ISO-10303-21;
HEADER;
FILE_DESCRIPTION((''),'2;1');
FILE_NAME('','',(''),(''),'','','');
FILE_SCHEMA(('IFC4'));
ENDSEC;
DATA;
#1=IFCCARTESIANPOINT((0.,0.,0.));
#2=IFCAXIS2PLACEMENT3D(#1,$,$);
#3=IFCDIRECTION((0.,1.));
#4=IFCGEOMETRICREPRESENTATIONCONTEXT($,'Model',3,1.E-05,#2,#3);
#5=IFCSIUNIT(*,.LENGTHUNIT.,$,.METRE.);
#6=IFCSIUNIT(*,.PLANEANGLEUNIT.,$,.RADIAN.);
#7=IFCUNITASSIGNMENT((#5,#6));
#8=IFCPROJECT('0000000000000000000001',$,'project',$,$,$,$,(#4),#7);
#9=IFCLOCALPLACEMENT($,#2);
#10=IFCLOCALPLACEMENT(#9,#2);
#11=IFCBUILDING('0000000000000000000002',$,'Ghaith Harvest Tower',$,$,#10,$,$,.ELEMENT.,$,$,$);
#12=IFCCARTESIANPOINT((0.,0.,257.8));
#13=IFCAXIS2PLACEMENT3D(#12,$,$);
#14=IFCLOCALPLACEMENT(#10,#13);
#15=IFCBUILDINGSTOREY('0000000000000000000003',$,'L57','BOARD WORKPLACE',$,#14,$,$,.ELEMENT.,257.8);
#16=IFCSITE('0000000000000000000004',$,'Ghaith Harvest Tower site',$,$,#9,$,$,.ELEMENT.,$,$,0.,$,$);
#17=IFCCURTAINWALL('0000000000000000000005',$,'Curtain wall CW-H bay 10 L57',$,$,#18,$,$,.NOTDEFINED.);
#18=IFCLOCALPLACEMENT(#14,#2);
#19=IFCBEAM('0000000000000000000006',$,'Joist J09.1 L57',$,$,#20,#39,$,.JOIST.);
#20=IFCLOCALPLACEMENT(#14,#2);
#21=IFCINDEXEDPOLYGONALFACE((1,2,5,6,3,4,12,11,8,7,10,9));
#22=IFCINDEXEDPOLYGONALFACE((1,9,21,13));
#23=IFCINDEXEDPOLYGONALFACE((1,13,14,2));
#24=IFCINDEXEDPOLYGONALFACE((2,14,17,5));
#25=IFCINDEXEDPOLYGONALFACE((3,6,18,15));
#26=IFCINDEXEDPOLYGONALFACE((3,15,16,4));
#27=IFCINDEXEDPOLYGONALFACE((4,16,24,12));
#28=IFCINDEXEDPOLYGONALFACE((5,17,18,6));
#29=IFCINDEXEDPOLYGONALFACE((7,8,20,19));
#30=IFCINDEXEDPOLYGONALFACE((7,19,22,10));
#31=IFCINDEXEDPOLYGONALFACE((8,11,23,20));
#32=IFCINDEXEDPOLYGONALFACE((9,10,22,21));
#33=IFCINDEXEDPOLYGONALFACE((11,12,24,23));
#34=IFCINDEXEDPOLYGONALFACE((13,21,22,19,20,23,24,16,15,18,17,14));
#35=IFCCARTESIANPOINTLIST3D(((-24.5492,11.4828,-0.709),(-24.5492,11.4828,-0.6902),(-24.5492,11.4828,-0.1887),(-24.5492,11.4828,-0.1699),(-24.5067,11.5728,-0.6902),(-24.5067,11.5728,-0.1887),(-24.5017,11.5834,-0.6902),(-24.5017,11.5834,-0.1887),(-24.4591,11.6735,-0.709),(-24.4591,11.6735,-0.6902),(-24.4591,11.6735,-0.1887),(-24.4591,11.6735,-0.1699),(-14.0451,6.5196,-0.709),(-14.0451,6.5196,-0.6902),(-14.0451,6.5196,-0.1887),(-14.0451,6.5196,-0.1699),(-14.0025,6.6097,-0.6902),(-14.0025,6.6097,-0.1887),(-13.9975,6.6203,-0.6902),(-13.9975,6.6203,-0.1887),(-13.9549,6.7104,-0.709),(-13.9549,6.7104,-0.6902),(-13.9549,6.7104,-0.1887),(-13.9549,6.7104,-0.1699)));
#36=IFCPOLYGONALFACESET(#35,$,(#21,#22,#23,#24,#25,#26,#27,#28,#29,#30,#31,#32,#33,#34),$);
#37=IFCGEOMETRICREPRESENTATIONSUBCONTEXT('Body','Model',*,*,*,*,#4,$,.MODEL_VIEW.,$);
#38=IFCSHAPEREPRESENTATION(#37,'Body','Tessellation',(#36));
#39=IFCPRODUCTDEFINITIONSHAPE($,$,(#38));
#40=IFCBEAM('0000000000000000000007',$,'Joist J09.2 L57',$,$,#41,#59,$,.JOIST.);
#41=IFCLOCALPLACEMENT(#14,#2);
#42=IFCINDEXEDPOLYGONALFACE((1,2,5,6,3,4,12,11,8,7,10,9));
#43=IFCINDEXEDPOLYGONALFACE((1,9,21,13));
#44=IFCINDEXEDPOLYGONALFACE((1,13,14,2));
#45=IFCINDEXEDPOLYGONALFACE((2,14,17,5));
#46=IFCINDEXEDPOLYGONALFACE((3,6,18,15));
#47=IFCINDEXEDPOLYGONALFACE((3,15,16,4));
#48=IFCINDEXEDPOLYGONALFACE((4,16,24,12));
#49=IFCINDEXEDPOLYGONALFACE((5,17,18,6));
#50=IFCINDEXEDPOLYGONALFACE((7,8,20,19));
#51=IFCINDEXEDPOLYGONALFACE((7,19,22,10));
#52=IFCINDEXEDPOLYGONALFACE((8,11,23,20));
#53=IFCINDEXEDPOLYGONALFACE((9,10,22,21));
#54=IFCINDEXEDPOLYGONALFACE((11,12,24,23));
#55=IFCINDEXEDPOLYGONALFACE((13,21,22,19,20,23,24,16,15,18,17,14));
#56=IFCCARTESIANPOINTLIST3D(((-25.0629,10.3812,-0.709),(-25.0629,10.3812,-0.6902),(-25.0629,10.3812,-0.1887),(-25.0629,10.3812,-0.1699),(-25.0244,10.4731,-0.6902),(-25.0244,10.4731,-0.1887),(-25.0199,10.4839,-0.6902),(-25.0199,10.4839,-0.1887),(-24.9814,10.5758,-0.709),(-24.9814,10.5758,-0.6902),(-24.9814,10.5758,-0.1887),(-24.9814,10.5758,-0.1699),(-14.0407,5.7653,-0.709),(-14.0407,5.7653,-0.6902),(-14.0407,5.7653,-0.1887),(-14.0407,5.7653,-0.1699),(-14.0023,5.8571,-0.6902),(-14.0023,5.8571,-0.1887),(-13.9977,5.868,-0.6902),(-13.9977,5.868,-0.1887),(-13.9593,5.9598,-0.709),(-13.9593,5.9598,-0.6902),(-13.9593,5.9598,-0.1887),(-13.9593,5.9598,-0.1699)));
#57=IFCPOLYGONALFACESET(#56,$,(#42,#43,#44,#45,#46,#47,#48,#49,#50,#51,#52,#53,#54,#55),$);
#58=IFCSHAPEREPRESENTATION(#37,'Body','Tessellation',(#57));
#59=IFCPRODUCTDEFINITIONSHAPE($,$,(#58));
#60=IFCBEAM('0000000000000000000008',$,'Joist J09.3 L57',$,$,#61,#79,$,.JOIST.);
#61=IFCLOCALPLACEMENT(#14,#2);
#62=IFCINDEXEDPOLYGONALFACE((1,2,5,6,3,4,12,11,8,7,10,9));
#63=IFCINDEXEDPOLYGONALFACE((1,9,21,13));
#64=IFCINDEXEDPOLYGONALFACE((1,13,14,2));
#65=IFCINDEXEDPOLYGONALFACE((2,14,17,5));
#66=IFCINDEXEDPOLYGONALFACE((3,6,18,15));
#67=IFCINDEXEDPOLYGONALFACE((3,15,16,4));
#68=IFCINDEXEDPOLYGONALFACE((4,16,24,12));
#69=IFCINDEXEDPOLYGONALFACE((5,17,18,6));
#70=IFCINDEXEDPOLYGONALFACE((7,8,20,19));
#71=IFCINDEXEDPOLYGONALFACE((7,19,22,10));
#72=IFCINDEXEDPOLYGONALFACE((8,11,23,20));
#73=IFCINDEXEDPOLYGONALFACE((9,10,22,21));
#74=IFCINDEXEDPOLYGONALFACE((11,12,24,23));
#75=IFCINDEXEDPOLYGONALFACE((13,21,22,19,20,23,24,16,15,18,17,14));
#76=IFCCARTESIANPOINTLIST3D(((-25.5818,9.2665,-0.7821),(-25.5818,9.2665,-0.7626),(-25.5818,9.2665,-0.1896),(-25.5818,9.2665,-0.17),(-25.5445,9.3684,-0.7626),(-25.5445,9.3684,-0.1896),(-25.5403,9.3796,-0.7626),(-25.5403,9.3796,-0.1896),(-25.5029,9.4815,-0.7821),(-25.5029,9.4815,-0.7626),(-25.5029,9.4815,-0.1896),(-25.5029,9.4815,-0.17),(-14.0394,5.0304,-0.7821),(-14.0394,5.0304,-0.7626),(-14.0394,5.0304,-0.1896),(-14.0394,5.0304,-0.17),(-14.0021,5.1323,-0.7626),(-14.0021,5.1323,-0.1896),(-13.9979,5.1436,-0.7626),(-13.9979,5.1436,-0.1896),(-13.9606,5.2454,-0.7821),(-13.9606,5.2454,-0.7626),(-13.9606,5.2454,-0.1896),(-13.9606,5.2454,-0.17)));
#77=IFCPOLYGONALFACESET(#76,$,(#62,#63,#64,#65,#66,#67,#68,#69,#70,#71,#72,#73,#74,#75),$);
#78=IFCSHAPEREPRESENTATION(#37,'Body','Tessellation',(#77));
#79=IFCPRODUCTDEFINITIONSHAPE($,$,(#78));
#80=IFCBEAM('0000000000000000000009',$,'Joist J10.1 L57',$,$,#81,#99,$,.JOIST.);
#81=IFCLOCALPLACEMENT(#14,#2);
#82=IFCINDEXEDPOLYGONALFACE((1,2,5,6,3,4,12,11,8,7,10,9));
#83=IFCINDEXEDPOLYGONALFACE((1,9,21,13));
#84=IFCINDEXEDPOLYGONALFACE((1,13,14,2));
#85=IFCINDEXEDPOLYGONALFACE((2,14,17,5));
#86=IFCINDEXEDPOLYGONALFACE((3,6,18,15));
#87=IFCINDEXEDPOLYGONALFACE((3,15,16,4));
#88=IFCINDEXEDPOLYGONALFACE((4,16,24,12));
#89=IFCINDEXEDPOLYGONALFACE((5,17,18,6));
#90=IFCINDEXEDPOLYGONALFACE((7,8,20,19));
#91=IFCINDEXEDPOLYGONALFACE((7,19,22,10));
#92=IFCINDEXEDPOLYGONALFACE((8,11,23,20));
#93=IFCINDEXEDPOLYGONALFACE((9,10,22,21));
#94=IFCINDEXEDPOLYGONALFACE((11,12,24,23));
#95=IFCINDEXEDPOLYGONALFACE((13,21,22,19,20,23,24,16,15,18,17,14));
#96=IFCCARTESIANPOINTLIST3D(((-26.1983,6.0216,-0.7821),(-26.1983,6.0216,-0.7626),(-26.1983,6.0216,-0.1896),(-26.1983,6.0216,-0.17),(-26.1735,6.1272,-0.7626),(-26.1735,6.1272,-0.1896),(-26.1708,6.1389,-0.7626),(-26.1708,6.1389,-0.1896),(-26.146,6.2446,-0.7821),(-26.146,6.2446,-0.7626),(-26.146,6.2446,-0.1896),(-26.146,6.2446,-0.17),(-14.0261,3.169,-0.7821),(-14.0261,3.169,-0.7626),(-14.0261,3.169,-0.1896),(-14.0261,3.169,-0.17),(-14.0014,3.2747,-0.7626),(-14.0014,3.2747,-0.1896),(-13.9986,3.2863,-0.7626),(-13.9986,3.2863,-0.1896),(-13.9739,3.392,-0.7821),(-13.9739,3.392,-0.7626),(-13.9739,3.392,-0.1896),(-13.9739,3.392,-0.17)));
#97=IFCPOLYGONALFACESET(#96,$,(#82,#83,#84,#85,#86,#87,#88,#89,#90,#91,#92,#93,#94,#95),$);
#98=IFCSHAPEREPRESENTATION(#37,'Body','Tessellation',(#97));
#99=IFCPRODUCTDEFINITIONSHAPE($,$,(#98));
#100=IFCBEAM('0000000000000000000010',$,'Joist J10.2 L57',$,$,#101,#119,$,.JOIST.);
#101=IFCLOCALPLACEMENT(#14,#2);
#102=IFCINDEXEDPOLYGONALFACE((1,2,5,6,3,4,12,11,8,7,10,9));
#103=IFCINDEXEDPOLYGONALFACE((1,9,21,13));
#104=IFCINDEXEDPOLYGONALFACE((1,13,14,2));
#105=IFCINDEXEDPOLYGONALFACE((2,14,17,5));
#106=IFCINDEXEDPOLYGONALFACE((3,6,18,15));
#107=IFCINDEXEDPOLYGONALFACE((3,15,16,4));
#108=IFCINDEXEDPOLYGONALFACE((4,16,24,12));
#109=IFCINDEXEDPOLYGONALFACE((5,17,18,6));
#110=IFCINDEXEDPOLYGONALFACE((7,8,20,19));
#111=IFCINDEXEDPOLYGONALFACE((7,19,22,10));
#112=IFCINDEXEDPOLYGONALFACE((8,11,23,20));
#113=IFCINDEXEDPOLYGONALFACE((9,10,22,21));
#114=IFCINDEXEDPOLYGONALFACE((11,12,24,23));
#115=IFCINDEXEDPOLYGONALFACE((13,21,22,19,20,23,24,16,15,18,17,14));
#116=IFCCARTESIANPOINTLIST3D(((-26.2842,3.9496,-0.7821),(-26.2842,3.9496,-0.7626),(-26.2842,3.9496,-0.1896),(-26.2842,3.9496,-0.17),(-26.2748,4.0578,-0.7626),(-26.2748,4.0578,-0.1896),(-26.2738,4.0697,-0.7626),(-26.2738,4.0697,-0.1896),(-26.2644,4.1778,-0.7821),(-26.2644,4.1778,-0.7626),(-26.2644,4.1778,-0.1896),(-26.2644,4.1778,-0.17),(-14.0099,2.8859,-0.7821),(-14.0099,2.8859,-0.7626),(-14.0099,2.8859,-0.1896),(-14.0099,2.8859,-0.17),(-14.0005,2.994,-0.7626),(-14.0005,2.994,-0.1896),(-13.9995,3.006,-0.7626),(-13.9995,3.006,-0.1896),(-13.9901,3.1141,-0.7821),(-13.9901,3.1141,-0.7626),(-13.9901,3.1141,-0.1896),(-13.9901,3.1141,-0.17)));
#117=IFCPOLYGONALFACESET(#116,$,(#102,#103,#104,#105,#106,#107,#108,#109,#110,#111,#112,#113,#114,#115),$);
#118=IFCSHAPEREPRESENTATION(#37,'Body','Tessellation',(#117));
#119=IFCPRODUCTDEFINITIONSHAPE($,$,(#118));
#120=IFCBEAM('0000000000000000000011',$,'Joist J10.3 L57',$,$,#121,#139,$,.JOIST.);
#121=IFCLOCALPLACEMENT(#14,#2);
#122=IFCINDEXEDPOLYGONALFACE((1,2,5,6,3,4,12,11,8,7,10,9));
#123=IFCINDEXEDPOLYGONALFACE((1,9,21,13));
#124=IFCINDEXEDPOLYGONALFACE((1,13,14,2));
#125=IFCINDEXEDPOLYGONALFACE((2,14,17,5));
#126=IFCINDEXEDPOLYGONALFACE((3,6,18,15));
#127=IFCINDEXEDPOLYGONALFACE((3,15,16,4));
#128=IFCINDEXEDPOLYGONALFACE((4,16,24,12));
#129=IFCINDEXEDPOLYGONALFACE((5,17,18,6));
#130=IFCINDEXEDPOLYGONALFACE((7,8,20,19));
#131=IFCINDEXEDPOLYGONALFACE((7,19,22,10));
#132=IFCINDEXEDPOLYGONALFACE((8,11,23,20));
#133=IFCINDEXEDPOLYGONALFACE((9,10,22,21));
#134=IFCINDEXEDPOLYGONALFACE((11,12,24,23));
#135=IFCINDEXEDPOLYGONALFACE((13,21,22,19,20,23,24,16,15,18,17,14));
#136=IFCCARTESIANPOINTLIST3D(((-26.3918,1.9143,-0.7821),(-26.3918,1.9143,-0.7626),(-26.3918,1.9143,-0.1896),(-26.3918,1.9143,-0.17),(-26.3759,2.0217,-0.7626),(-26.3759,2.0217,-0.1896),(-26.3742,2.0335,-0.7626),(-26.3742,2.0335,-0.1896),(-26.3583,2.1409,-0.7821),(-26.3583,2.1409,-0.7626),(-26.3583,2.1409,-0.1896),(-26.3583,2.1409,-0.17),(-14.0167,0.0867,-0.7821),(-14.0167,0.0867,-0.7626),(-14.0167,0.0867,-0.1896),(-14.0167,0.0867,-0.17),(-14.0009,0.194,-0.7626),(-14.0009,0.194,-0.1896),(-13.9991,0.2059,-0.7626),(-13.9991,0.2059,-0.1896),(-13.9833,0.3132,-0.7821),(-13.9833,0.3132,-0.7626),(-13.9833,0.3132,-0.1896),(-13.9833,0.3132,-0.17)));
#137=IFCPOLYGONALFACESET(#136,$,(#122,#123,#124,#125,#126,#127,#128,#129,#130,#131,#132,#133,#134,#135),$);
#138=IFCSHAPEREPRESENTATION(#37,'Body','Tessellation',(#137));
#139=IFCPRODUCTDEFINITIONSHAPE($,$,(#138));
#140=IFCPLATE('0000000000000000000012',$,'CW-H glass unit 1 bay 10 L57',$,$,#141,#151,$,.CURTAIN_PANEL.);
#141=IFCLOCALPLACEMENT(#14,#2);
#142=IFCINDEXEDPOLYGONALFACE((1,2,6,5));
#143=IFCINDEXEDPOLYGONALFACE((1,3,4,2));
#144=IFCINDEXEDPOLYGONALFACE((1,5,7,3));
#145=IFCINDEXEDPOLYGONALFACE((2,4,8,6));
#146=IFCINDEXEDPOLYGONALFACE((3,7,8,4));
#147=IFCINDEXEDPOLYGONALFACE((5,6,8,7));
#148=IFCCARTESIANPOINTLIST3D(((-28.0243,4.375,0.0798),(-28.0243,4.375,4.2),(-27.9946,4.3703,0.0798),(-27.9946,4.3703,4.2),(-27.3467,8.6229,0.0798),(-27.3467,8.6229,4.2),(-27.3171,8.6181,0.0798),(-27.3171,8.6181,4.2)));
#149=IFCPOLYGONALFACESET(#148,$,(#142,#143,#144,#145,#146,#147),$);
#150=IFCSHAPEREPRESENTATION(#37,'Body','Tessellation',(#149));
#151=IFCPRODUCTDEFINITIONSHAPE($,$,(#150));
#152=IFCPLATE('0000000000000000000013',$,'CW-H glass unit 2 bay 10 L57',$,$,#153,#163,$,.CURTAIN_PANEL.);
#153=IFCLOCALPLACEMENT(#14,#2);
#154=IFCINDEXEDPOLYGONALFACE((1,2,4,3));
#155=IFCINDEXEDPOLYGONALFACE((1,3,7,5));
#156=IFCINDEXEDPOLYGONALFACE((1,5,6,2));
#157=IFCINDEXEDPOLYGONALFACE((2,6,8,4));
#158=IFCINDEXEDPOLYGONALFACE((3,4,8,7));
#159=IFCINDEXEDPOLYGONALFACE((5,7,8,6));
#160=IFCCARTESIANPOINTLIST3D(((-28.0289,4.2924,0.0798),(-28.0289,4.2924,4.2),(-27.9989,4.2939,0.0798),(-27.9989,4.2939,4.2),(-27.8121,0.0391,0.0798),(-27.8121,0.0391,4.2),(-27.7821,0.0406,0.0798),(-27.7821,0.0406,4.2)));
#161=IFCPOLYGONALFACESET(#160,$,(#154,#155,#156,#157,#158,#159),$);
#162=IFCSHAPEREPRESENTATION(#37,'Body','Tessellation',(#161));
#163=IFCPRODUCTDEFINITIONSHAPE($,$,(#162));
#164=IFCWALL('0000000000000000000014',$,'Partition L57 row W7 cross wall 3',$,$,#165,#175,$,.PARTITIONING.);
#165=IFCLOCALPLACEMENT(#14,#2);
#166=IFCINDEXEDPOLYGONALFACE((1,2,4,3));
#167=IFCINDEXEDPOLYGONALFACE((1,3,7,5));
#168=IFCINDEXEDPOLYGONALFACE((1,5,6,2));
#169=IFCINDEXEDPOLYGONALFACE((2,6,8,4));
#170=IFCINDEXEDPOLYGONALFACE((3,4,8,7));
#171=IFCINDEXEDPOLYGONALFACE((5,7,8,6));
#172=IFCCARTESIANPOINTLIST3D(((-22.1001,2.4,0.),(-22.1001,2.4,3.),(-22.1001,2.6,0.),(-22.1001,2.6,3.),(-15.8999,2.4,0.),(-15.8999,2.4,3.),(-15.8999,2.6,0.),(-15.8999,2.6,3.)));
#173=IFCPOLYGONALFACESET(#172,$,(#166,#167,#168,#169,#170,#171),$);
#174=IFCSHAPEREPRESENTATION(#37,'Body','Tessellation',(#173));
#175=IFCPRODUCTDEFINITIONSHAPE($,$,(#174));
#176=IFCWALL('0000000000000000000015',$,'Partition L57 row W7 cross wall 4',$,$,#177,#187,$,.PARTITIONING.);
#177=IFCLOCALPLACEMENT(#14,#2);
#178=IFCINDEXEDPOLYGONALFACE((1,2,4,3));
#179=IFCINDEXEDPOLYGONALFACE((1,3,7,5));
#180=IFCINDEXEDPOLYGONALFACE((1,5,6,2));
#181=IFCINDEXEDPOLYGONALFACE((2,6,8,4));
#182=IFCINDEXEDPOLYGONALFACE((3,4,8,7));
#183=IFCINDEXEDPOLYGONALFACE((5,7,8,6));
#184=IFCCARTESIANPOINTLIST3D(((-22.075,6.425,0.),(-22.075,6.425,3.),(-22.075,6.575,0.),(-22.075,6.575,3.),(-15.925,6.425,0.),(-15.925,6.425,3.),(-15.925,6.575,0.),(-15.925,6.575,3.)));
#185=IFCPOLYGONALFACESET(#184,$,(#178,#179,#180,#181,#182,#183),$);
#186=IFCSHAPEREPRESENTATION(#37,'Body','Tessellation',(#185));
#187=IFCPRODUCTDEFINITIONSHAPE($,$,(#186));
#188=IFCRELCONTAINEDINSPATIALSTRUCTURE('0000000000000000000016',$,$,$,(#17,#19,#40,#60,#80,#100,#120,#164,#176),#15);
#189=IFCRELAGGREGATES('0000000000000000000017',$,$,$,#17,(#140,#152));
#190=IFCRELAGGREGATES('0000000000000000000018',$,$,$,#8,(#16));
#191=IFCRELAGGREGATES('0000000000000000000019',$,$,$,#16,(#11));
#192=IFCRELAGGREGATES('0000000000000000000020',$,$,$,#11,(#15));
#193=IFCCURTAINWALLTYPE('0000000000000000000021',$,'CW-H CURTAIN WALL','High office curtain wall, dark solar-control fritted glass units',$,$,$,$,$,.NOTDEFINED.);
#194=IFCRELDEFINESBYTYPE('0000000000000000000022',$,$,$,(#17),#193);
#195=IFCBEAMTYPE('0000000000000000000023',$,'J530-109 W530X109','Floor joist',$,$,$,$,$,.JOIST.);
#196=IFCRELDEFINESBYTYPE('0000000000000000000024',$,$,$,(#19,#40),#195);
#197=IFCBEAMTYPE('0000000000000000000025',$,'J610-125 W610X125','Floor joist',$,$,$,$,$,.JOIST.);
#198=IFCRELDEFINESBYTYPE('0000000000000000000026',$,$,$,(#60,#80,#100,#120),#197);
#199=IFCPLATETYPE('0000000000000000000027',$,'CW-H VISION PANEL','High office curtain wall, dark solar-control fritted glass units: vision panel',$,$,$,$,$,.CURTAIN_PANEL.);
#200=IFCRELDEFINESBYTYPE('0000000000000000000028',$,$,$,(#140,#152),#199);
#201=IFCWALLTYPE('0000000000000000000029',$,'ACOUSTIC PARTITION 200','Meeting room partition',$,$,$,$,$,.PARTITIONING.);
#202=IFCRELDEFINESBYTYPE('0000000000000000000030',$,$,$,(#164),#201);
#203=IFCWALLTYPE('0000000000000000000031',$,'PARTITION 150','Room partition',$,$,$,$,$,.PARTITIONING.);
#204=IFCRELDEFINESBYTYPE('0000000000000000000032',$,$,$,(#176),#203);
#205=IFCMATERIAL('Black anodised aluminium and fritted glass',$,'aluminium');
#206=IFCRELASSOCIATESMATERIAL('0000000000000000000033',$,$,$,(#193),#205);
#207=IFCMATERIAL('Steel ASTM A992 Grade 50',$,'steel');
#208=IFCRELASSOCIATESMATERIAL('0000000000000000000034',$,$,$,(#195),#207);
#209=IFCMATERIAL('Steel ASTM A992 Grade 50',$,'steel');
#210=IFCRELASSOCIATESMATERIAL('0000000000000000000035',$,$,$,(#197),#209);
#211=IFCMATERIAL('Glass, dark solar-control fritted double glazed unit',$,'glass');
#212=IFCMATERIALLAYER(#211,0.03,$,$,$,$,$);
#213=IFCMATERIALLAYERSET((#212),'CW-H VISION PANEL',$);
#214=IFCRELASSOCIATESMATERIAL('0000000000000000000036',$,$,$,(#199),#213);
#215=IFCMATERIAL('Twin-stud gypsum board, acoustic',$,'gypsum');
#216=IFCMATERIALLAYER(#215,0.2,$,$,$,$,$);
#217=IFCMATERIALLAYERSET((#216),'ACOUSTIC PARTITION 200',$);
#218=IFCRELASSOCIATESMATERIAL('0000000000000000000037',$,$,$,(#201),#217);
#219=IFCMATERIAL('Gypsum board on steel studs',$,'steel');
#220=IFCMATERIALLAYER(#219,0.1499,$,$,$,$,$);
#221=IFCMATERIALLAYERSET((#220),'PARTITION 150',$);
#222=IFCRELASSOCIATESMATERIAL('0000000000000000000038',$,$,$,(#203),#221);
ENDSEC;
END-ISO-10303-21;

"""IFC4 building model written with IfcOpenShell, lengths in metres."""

from ifc_helpers import new_model, si_unit, direction, frame, frame_2d, origin, origin_2d, place, context, subcontext, project, spatial, rectangle, i_section, extrude, material, layer, layer_set, material_profile, profile_set, type_object, element, aggregate, save


model = new_model("IFC4")

# Units and contexts
model_context = context("Model", 3, precision=1e-05, world=origin(), true_north=direction((0.0, 1.0)))
body_context = subcontext(model_context, "Body", "Model", "MODEL_VIEW")
ifc_project = project(units=[si_unit("LENGTHUNIT", "METRE"), si_unit("PLANEANGLEUNIT", "RADIAN")], contexts=[model_context])

# Site, building, storey
site_placement = place(None, origin())
site = spatial("IfcSite", under=ifc_project, at=site_placement, Name="Ghaith Harvest Tower site", CompositionType="ELEMENT", RefElevation=0.0)
building_placement = place(site_placement, origin())
building = spatial("IfcBuilding", under=site, at=building_placement, Name="Ghaith Harvest Tower", CompositionType="ELEMENT")
storey_placement = place(building_placement, frame((0.0, 0.0, 257.8)))
storey = spatial("IfcBuildingStorey", under=building, at=storey_placement, Name="L57", Description="BOARD WORKPLACE", CompositionType="ELEMENT", Elevation=257.8)

# Curtain wall
ifc_material_1 = material(Name="Black anodised aluminium and fritted glass", Category="aluminium")
curtain_wall_type = type_object("IfcCurtainWallType", Name="CW-H CURTAIN WALL", Description="High office curtain wall, dark solar-control fritted glass units", PredefinedType="NOTDEFINED", material=ifc_material_1)
curtain_wall_placement = place(storey_placement, origin())
curtain_wall = element("IfcCurtainWall", 1, at=curtain_wall_placement, inside=storey, type_object=curtain_wall_type, Name="Curtain wall CW-H bay 10 L57", PredefinedType="NOTDEFINED")

# Beams
ifc_material_2 = material(Name="Steel ASTM A992 Grade 50", Category="steel")
ifc_material_profile_1 = material_profile(ifc_material_2, i_section(OverallWidth=0.2109, OverallDepth=0.5391, WebThickness=0.0117, FlangeThickness=0.0188, at=origin_2d()), Name="W530X109")
ifc_profile_set_1 = profile_set([ifc_material_profile_1], Name="Steel ASTM A992 Grade 50")
beam_type_1 = type_object("IfcBeamType", Name="J530-109 W530X109", Description="Floor joist", PredefinedType="JOIST", material=ifc_profile_set_1)
beam_1_placement = place(storey_placement, frame((-14.0, 6.615, -0.4395), z_axis=(-0.904154, 0.427206, 0.0), x_axis=(-0.427206, -0.904154, 0.0)))
element("IfcBeam", 2, at=beam_1_placement, inside=storey, type_object=beam_type_1, Name="Joist J09.1 L57", PredefinedType="JOIST", context=body_context, shape_type="SweptSolid", body=[
    extrude(i_section(OverallWidth=0.2109, OverallDepth=0.5391, WebThickness=0.0117, FlangeThickness=0.0188, at=origin_2d()), origin(), (0.0, 0.0, 1.0), 11.6177),
])
beam_2_placement = place(storey_placement, frame((-14.0, 5.8625, -0.4395), z_axis=(-0.922381, 0.386282, 0.0), x_axis=(-0.386282, -0.922381, 0.0)))
element("IfcBeam", 3, at=beam_2_placement, inside=storey, type_object=beam_type_1, Name="Joist J09.2 L57", PredefinedType="JOIST", context=body_context, shape_type="SweptSolid", body=[
    extrude(i_section(OverallWidth=0.2109, OverallDepth=0.5391, WebThickness=0.0117, FlangeThickness=0.0188, at=origin_2d()), origin(), (0.0, 0.0, 1.0), 11.9497),
])
ifc_material_3 = material(Name="Steel ASTM A992 Grade 50", Category="steel")
ifc_material_profile_2 = material_profile(ifc_material_3, i_section(OverallWidth=0.229, OverallDepth=0.6121, WebThickness=0.012, FlangeThickness=0.0195, at=origin_2d()), Name="W610X125")
ifc_profile_set_2 = profile_set([ifc_material_profile_2], Name="Steel ASTM A992 Grade 50")
beam_type_2 = type_object("IfcBeamType", Name="J610-125 W610X125", Description="Floor joist", PredefinedType="JOIST", material=ifc_profile_set_2)
beam_3_placement = place(storey_placement, frame((-14.0, 5.1379, -0.4761), z_axis=(-0.938775, 0.34453, 0.0), x_axis=(-0.34453, -0.938775, 0.0)))
element("IfcBeam", 4, at=beam_3_placement, inside=storey, type_object=beam_type_2, Name="Joist J09.3 L57", PredefinedType="JOIST", context=body_context, shape_type="SweptSolid", body=[
    extrude(i_section(OverallWidth=0.229, OverallDepth=0.6121, WebThickness=0.012, FlangeThickness=0.0195, at=origin_2d()), origin(), (0.0, 0.0, 1.0), 12.2952),
])
beam_4_placement = place(storey_placement, frame((-14.0, 3.2805, -0.4761), z_axis=(-0.973622, 0.228168, 0.0), x_axis=(-0.228168, -0.973622, 0.0)))
element("IfcBeam", 5, at=beam_4_placement, inside=storey, type_object=beam_type_2, Name="Joist J10.1 L57", PredefinedType="JOIST", context=body_context, shape_type="SweptSolid", body=[
    extrude(i_section(OverallWidth=0.229, OverallDepth=0.6121, WebThickness=0.012, FlangeThickness=0.0195, at=origin_2d()), origin(), (0.0, 0.0, 1.0), 12.502),
])
beam_5_placement = place(storey_placement, frame((-14.0, 3.0, -0.4761), z_axis=(-0.996266, 0.086338, 0.0), x_axis=(-0.086338, -0.996266, 0.0)))
element("IfcBeam", 6, at=beam_5_placement, inside=storey, type_object=beam_type_2, Name="Joist J10.2 L57", PredefinedType="JOIST", context=body_context, shape_type="SweptSolid", body=[
    extrude(i_section(OverallWidth=0.229, OverallDepth=0.6121, WebThickness=0.012, FlangeThickness=0.0195, at=origin_2d()), origin(), (0.0, 0.0, 1.0), 12.3203),
])
beam_6_placement = place(storey_placement, frame((-14.0, 0.2, -0.4761), z_axis=(-0.989269, 0.146103, 0.0), x_axis=(-0.146103, -0.989269, 0.0)))
element("IfcBeam", 7, at=beam_6_placement, inside=storey, type_object=beam_type_2, Name="Joist J10.3 L57", PredefinedType="JOIST", context=body_context, shape_type="SweptSolid", body=[
    extrude(i_section(OverallWidth=0.229, OverallDepth=0.6121, WebThickness=0.012, FlangeThickness=0.0195, at=origin_2d()), origin(), (0.0, 0.0, 1.0), 12.5093),
])

# Plates
ifc_material_4 = material(Name="Glass, dark solar-control fritted double glazed unit", Category="glass")
ifc_layer_1 = layer(ifc_material_4, 0.03)
ifc_layer_set_1 = layer_set([ifc_layer_1], Name="CW-H VISION PANEL")
plate_type = type_object("IfcPlateType", Name="CW-H VISION PANEL", Description="High office curtain wall, dark solar-control fritted glass units: vision panel", PredefinedType="CURTAIN_PANEL", material=ifc_layer_set_1)
plate_1_placement = place(storey_placement, frame((-27.6707, 6.4966, 0.0798), z_axis=(0.0, 0.0, 1.0), x_axis=(-0.157514, -0.987517, 0.0)))
plate_1 = element("IfcPlate", 8, at=plate_1_placement, type_object=plate_type, Name="CW-H glass unit 1 bay 10 L57", PredefinedType="CURTAIN_PANEL", context=body_context, shape_type="SweptSolid", body=[
    extrude(rectangle(XDim=4.3015, YDim=0.03, at=origin_2d()), origin(), (0.0, 0.0, 1.0), 4.1201),
])
plate_2_placement = place(storey_placement, frame((-27.9055, 2.1665, 0.0798), z_axis=(0.0, 0.0, 1.0), x_axis=(0.050895, -0.998704, 0.0)))
plate_2 = element("IfcPlate", 9, at=plate_2_placement, type_object=plate_type, Name="CW-H glass unit 2 bay 10 L57", PredefinedType="CURTAIN_PANEL", context=body_context, shape_type="SweptSolid", body=[
    extrude(rectangle(XDim=4.2588, YDim=0.03, at=origin_2d()), origin(), (0.0, 0.0, 1.0), 4.1201),
])
aggregate(curtain_wall, [plate_1, plate_2])

# Walls
ifc_material_5 = material(Name="Twin-stud gypsum board, acoustic", Category="gypsum")
ifc_layer_2 = layer(ifc_material_5, 0.2)
ifc_layer_set_2 = layer_set([ifc_layer_2], Name="ACOUSTIC PARTITION 200")
wall_type_1 = type_object("IfcWallType", Name="ACOUSTIC PARTITION 200", Description="Meeting room partition", PredefinedType="PARTITIONING", material=ifc_layer_set_2)
wall_1_placement = place(storey_placement, frame((-15.8999, 2.5, 0.0), z_axis=(0.0, 0.0, 1.0), x_axis=(-1.0, 0.0, 0.0)))
element("IfcWall", 10, at=wall_1_placement, inside=storey, type_object=wall_type_1, Name="Partition L57 row W7 cross wall 3", PredefinedType="PARTITIONING", context=body_context, shape_type="SweptSolid", body=[
    extrude(rectangle(XDim=6.2002, YDim=0.2, at=frame_2d((3.1001, 0.0))), origin(), (0.0, 0.0, 1.0), 3.0),
])
ifc_material_6 = material(Name="Gypsum board on steel studs", Category="steel")
ifc_layer_3 = layer(ifc_material_6, 0.1499)
ifc_layer_set_3 = layer_set([ifc_layer_3], Name="PARTITION 150")
wall_type_2 = type_object("IfcWallType", Name="PARTITION 150", Description="Room partition", PredefinedType="PARTITIONING", material=ifc_layer_set_3)
wall_2_placement = place(storey_placement, frame((-15.925, 6.5, 0.0), z_axis=(0.0, 0.0, 1.0), x_axis=(-1.0, 0.0, 0.0)))
element("IfcWall", 11, at=wall_2_placement, inside=storey, type_object=wall_type_2, Name="Partition L57 row W7 cross wall 4", PredefinedType="PARTITIONING", context=body_context, shape_type="SweptSolid", body=[
    extrude(rectangle(XDim=6.1499, YDim=0.1499, at=frame_2d((3.075, 0.0))), origin(), (0.0, 0.0, 1.0), 3.0),
])

save(model, "model.ifc")
